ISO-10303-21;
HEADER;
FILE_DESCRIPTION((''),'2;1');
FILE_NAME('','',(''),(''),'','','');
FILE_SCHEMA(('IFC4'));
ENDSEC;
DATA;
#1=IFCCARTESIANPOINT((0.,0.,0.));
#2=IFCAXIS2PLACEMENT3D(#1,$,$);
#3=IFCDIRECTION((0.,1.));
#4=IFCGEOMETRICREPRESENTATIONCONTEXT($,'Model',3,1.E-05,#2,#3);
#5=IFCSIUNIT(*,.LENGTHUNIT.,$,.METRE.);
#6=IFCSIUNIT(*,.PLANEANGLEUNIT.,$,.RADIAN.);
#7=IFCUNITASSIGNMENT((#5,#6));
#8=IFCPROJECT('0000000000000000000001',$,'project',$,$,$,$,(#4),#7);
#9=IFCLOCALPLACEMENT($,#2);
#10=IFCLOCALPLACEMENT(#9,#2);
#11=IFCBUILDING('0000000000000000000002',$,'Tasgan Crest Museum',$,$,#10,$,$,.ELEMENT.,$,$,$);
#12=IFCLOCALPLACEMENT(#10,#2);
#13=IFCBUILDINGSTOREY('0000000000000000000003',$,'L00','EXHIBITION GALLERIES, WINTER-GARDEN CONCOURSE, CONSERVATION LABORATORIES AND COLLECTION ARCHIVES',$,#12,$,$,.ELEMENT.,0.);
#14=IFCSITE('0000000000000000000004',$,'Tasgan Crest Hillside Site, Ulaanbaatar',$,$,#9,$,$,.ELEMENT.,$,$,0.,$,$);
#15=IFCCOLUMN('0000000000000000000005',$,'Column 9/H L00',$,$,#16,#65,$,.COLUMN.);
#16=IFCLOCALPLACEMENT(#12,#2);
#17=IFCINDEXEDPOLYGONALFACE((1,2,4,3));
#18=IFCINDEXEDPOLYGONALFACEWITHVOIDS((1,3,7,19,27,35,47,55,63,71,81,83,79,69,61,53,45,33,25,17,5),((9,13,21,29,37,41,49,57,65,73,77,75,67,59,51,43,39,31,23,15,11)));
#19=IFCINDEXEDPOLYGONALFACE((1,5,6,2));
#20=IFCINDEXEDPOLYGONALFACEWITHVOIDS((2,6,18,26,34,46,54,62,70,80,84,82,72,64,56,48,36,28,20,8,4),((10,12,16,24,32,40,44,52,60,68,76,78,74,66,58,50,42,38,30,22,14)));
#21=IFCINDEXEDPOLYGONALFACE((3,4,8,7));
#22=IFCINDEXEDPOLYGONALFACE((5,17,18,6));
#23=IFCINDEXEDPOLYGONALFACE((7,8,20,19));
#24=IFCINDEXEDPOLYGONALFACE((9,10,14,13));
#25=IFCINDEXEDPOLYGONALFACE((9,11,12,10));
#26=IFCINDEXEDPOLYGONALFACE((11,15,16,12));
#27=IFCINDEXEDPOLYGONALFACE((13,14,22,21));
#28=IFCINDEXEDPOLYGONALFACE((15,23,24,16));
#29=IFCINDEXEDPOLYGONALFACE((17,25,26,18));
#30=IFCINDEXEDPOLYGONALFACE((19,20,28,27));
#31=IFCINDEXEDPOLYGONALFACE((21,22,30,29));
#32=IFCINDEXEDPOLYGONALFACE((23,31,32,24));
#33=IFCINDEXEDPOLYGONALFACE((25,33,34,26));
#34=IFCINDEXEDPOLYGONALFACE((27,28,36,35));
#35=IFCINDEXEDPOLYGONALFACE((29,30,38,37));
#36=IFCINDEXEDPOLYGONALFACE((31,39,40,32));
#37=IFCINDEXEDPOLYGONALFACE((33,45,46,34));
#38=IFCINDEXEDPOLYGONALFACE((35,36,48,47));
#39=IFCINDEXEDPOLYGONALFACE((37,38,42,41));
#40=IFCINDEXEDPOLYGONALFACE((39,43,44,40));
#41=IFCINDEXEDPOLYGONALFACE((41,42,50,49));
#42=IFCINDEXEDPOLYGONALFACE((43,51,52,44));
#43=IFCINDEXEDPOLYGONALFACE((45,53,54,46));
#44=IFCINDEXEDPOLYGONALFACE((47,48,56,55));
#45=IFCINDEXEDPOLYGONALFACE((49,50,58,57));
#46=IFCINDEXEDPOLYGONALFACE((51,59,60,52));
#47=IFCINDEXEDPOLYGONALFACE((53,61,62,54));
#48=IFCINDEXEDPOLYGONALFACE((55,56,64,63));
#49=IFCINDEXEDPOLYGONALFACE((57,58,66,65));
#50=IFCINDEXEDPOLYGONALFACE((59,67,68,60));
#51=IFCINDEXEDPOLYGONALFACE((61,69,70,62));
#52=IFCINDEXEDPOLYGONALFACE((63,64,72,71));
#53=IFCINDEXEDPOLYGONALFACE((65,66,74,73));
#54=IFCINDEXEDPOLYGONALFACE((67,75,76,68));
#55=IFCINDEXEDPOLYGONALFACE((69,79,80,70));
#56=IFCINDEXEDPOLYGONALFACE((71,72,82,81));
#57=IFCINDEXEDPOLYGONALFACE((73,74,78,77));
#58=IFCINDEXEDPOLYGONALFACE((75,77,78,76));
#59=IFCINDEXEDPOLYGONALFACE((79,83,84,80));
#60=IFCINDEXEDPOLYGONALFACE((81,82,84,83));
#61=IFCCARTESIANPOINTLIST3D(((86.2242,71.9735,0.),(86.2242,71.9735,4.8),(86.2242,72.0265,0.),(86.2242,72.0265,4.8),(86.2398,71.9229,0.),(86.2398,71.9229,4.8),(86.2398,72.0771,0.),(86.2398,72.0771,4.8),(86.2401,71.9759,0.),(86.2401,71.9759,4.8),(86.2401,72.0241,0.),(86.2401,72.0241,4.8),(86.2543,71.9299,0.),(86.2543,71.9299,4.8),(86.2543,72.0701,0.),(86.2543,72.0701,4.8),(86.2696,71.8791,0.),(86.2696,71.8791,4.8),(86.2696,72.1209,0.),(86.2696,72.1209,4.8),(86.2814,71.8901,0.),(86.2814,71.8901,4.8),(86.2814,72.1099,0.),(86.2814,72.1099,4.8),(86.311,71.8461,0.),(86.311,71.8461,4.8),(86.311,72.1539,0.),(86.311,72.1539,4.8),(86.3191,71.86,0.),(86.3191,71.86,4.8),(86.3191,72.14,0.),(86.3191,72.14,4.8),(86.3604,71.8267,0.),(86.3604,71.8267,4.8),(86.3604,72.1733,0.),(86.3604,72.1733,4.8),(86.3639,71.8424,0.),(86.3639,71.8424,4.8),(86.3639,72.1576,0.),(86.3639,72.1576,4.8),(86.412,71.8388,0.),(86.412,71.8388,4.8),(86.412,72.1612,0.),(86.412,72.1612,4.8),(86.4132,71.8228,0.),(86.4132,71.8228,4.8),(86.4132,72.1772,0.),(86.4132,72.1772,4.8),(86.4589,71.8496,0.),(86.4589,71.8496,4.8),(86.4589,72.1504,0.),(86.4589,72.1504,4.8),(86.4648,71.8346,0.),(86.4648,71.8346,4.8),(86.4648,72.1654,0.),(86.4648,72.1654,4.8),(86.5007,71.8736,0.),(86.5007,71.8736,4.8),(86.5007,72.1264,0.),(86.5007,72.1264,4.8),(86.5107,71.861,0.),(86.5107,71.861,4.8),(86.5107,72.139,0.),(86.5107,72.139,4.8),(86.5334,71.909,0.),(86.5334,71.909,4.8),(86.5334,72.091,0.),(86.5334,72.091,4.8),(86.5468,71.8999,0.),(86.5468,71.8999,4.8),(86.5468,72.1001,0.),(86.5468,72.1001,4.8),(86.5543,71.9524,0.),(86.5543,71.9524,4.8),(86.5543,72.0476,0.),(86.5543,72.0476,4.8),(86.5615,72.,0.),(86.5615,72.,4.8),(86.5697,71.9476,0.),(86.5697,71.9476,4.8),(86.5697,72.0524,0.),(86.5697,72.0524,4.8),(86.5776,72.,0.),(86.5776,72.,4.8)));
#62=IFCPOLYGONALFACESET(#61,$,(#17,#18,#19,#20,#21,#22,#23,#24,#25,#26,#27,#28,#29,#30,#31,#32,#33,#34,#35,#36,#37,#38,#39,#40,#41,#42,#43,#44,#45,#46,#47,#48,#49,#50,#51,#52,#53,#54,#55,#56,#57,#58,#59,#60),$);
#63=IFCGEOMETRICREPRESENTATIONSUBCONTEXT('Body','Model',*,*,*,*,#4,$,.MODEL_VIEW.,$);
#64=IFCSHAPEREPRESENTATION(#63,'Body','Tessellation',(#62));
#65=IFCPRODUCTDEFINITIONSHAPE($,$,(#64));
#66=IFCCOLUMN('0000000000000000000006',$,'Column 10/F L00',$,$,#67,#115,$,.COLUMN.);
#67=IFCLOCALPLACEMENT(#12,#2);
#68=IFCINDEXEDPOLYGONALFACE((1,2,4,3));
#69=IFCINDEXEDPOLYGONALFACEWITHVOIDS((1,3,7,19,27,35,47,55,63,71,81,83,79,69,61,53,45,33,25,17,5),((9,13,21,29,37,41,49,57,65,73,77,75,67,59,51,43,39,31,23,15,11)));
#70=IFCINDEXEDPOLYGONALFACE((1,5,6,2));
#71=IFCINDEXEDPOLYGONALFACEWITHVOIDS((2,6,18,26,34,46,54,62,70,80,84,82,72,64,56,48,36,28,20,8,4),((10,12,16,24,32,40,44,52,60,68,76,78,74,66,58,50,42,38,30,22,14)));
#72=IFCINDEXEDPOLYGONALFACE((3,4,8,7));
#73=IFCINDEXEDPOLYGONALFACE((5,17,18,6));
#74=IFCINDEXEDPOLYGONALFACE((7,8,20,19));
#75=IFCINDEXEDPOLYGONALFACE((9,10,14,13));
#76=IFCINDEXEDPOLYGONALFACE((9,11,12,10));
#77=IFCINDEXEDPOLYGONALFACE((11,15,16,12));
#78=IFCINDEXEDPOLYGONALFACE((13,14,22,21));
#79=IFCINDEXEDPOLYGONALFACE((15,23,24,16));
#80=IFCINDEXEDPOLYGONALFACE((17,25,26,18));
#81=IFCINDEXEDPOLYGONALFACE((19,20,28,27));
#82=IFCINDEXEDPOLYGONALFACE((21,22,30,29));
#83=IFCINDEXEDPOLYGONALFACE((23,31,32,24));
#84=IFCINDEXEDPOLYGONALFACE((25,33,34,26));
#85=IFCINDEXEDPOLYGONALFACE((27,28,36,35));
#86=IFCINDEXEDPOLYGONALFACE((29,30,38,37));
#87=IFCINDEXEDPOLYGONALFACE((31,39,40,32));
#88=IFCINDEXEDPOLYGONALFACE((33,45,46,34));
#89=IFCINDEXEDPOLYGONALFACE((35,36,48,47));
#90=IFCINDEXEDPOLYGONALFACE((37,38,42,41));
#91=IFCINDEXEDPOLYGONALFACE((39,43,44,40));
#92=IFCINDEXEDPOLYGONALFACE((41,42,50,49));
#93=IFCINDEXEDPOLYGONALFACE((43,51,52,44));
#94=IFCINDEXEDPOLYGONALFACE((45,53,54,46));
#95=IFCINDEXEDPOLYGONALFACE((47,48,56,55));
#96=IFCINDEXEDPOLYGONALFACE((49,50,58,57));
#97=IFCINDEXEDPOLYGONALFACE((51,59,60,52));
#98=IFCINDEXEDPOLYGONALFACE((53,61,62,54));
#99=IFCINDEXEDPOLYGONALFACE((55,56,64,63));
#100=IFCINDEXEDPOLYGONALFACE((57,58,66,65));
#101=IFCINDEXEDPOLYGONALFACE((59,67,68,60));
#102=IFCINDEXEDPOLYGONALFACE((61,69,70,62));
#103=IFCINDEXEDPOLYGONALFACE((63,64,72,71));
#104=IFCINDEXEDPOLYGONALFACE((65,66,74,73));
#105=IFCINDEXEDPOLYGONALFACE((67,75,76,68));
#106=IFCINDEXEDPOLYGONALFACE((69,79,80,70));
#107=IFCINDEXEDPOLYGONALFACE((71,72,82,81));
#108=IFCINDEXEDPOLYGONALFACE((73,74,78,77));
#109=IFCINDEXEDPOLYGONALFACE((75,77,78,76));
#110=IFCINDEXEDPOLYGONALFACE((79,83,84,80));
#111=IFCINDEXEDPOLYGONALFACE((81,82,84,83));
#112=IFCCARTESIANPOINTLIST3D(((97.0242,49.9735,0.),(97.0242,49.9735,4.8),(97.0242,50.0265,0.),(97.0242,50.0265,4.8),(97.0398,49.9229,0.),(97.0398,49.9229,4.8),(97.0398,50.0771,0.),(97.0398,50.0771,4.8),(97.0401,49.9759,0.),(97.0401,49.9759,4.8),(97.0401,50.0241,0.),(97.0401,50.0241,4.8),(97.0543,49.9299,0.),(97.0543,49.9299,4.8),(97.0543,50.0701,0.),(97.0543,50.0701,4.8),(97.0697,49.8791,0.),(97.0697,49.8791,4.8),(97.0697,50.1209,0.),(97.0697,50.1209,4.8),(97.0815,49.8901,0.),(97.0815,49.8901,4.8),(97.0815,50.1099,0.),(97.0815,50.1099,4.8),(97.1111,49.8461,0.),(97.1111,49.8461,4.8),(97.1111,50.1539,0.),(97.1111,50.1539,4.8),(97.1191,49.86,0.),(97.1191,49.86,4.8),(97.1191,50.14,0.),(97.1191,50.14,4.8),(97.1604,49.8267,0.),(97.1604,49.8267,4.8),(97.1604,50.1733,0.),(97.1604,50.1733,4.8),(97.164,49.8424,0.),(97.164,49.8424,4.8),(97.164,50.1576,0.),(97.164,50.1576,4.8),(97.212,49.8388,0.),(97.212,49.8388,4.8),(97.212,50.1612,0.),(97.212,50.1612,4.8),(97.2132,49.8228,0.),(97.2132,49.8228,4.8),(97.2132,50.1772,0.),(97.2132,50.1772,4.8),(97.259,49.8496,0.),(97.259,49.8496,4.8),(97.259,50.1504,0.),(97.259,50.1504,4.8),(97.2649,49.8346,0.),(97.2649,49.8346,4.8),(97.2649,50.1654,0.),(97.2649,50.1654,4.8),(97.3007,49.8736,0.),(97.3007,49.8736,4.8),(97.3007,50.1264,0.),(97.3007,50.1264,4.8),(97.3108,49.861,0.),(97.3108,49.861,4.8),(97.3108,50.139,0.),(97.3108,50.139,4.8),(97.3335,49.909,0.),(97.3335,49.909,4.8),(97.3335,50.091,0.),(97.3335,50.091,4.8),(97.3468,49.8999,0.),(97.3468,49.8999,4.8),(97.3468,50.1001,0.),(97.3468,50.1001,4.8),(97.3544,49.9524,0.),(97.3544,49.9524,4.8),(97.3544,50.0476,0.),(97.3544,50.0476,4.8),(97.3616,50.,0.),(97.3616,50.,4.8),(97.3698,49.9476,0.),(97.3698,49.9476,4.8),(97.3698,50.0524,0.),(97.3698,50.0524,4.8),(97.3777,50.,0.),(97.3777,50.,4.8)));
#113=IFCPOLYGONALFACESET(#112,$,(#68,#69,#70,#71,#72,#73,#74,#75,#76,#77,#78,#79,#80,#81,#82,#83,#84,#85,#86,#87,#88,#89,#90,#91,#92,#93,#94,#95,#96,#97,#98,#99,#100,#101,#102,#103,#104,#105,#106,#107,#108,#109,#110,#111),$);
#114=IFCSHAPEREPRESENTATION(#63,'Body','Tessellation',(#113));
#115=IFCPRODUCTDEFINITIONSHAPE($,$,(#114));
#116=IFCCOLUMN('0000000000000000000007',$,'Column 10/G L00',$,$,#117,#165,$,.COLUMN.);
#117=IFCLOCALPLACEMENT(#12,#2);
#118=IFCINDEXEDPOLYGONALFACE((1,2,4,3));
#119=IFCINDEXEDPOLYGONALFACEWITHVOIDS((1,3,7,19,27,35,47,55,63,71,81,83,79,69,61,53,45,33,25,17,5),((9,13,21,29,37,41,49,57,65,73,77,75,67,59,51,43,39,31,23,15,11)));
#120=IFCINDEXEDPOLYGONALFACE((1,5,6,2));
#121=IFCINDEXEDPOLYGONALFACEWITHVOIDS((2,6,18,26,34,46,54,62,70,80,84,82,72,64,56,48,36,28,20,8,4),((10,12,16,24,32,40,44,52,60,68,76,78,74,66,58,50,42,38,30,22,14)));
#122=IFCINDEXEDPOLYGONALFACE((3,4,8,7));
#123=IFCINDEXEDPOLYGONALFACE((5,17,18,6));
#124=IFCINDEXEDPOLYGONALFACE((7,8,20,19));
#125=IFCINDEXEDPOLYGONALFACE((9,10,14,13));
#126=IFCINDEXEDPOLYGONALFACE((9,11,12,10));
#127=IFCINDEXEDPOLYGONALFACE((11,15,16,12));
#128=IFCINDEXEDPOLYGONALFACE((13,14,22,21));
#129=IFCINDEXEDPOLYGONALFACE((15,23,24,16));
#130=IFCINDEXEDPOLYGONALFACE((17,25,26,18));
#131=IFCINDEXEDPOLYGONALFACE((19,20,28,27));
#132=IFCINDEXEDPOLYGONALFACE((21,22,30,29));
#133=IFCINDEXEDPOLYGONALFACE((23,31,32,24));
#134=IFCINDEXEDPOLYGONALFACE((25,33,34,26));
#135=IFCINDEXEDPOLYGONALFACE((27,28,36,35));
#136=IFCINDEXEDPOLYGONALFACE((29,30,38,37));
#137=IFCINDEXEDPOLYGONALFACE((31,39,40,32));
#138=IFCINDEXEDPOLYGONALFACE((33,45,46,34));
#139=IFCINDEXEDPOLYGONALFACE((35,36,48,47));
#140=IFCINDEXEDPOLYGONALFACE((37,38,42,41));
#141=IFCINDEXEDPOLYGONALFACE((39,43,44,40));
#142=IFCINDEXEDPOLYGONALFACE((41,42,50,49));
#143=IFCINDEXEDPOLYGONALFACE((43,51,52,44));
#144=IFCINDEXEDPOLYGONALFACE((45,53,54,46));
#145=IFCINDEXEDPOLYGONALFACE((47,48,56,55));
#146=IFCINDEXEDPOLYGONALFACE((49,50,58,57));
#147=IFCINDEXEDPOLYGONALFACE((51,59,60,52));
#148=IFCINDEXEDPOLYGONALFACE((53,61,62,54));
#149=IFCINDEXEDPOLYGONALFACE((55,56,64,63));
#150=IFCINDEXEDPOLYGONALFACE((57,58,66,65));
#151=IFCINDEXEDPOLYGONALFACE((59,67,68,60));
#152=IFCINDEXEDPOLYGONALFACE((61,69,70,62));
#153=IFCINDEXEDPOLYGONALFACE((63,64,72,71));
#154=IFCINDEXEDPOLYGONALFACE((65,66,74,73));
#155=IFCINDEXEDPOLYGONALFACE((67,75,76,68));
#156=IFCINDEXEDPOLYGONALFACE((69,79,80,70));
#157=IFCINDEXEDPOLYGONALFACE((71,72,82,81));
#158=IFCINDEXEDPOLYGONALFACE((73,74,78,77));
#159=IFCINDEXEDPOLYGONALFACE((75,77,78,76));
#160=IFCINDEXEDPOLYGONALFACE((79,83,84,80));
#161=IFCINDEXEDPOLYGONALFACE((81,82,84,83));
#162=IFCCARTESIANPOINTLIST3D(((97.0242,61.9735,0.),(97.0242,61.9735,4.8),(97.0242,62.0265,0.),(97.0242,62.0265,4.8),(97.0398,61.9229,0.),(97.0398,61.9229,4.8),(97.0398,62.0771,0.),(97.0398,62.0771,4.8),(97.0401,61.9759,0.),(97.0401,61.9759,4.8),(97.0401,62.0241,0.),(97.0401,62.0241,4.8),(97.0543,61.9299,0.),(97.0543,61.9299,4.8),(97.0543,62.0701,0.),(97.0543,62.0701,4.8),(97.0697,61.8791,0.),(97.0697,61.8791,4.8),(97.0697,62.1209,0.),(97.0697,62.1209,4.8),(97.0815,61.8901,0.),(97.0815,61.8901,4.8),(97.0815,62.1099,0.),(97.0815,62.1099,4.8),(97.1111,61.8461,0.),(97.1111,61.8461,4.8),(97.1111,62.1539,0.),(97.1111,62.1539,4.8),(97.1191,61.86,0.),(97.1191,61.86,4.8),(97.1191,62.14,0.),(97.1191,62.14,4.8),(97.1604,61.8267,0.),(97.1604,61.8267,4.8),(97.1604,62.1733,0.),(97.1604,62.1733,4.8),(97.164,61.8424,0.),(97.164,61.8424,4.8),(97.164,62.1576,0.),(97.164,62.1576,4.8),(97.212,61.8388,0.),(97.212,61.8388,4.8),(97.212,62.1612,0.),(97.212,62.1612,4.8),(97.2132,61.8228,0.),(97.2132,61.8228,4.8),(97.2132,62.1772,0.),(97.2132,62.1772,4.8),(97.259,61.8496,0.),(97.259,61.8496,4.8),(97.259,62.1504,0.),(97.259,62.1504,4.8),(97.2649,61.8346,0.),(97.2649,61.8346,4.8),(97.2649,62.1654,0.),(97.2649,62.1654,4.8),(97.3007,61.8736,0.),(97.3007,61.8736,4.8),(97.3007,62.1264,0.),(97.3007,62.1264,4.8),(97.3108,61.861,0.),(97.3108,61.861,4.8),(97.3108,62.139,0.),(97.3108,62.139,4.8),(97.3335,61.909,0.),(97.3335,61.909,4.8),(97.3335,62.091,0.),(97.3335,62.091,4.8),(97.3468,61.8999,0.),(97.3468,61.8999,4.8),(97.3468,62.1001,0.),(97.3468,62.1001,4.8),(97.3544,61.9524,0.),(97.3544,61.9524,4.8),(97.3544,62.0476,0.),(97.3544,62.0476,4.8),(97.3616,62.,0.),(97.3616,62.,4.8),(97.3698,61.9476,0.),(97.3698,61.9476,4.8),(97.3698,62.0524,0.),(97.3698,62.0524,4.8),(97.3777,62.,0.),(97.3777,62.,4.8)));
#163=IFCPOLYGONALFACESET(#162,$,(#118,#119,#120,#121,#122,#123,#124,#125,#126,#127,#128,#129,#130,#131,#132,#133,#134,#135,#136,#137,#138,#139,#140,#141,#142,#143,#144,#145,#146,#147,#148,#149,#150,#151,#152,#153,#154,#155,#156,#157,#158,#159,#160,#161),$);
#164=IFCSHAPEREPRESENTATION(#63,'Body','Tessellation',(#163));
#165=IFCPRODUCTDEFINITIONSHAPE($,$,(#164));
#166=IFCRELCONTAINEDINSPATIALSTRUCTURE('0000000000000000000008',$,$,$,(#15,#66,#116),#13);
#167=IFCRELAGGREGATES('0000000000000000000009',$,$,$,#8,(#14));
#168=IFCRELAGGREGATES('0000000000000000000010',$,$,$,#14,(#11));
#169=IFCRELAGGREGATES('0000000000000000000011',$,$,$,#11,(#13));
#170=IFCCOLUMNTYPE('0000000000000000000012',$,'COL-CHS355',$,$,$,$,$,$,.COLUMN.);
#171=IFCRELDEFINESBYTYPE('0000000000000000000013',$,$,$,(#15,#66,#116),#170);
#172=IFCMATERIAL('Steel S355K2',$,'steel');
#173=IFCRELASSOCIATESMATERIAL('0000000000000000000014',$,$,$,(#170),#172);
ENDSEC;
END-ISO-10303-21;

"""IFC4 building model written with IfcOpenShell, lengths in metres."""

from ifc_helpers import new_model, si_unit, direction, frame, origin, origin_2d, place, context, subcontext, project, spatial, hollow_circle, extrude, material, material_profile, profile_set, type_object, element, save


model = new_model("IFC4")

# Units and contexts
model_context = context("Model", 3, precision=1e-05, world=origin(), true_north=direction((0.0, 1.0)))
body_context = subcontext(model_context, "Body", "Model", "MODEL_VIEW")
ifc_project = project(units=[si_unit("LENGTHUNIT", "METRE"), si_unit("PLANEANGLEUNIT", "RADIAN")], contexts=[model_context])

# Site, building, storey
site_placement = place(None, origin())
site = spatial("IfcSite", under=ifc_project, at=site_placement, Name="Tasgan Crest Hillside Site, Ulaanbaatar", CompositionType="ELEMENT", RefElevation=0.0)
building_placement = place(site_placement, origin())
building = spatial("IfcBuilding", under=site, at=building_placement, Name="Tasgan Crest Museum", CompositionType="ELEMENT")
storey_placement = place(building_placement, origin())
storey = spatial("IfcBuildingStorey", under=building, at=storey_placement, Name="L00", Description="EXHIBITION GALLERIES, WINTER-GARDEN CONCOURSE, CONSERVATION LABORATORIES AND COLLECTION ARCHIVES", CompositionType="ELEMENT", Elevation=0.0)

# Columns
ifc_material_1 = material(Name="Steel S355K2", Category="steel")
ifc_material_profile_1 = material_profile(ifc_material_1, hollow_circle(Radius=0.1777, WallThickness=0.0161, at=origin_2d()), Name="CHS 355.6x16")
ifc_profile_set_1 = profile_set([ifc_material_profile_1], Name="Steel S355K2")
column_type = type_object("IfcColumnType", Name="COL-CHS355", PredefinedType="COLUMN", material=ifc_profile_set_1)
for number, where, z_axis, x_axis, name in (
    (1, (86.3999, 72.0, 0.0), (0.0, 0.0, 1.0), (1.0, 0.0, 0.0), "Column 9/H L00"),
    (2, (97.2, 50.0, 0.0), (0.0, 0.0, 1.0), (1.0, 0.0, 0.0), "Column 10/F L00"),
    (3, (97.2, 62.0, 0.0), (0.0, 0.0, 1.0), (1.0, 0.0, 0.0), "Column 10/G L00"),
):
    element("IfcColumn", number, at=place(storey_placement, frame(where, z_axis=z_axis, x_axis=x_axis)), inside=storey, type_object=column_type, Name=name, PredefinedType="COLUMN", context=body_context, shape_type="SweptSolid", body=[
        extrude(hollow_circle(Radius=0.1777, WallThickness=0.0161, at=origin_2d()), origin(), (0.0, 0.0, 1.0), 4.8),
    ])

save(model, "model.ifc")
